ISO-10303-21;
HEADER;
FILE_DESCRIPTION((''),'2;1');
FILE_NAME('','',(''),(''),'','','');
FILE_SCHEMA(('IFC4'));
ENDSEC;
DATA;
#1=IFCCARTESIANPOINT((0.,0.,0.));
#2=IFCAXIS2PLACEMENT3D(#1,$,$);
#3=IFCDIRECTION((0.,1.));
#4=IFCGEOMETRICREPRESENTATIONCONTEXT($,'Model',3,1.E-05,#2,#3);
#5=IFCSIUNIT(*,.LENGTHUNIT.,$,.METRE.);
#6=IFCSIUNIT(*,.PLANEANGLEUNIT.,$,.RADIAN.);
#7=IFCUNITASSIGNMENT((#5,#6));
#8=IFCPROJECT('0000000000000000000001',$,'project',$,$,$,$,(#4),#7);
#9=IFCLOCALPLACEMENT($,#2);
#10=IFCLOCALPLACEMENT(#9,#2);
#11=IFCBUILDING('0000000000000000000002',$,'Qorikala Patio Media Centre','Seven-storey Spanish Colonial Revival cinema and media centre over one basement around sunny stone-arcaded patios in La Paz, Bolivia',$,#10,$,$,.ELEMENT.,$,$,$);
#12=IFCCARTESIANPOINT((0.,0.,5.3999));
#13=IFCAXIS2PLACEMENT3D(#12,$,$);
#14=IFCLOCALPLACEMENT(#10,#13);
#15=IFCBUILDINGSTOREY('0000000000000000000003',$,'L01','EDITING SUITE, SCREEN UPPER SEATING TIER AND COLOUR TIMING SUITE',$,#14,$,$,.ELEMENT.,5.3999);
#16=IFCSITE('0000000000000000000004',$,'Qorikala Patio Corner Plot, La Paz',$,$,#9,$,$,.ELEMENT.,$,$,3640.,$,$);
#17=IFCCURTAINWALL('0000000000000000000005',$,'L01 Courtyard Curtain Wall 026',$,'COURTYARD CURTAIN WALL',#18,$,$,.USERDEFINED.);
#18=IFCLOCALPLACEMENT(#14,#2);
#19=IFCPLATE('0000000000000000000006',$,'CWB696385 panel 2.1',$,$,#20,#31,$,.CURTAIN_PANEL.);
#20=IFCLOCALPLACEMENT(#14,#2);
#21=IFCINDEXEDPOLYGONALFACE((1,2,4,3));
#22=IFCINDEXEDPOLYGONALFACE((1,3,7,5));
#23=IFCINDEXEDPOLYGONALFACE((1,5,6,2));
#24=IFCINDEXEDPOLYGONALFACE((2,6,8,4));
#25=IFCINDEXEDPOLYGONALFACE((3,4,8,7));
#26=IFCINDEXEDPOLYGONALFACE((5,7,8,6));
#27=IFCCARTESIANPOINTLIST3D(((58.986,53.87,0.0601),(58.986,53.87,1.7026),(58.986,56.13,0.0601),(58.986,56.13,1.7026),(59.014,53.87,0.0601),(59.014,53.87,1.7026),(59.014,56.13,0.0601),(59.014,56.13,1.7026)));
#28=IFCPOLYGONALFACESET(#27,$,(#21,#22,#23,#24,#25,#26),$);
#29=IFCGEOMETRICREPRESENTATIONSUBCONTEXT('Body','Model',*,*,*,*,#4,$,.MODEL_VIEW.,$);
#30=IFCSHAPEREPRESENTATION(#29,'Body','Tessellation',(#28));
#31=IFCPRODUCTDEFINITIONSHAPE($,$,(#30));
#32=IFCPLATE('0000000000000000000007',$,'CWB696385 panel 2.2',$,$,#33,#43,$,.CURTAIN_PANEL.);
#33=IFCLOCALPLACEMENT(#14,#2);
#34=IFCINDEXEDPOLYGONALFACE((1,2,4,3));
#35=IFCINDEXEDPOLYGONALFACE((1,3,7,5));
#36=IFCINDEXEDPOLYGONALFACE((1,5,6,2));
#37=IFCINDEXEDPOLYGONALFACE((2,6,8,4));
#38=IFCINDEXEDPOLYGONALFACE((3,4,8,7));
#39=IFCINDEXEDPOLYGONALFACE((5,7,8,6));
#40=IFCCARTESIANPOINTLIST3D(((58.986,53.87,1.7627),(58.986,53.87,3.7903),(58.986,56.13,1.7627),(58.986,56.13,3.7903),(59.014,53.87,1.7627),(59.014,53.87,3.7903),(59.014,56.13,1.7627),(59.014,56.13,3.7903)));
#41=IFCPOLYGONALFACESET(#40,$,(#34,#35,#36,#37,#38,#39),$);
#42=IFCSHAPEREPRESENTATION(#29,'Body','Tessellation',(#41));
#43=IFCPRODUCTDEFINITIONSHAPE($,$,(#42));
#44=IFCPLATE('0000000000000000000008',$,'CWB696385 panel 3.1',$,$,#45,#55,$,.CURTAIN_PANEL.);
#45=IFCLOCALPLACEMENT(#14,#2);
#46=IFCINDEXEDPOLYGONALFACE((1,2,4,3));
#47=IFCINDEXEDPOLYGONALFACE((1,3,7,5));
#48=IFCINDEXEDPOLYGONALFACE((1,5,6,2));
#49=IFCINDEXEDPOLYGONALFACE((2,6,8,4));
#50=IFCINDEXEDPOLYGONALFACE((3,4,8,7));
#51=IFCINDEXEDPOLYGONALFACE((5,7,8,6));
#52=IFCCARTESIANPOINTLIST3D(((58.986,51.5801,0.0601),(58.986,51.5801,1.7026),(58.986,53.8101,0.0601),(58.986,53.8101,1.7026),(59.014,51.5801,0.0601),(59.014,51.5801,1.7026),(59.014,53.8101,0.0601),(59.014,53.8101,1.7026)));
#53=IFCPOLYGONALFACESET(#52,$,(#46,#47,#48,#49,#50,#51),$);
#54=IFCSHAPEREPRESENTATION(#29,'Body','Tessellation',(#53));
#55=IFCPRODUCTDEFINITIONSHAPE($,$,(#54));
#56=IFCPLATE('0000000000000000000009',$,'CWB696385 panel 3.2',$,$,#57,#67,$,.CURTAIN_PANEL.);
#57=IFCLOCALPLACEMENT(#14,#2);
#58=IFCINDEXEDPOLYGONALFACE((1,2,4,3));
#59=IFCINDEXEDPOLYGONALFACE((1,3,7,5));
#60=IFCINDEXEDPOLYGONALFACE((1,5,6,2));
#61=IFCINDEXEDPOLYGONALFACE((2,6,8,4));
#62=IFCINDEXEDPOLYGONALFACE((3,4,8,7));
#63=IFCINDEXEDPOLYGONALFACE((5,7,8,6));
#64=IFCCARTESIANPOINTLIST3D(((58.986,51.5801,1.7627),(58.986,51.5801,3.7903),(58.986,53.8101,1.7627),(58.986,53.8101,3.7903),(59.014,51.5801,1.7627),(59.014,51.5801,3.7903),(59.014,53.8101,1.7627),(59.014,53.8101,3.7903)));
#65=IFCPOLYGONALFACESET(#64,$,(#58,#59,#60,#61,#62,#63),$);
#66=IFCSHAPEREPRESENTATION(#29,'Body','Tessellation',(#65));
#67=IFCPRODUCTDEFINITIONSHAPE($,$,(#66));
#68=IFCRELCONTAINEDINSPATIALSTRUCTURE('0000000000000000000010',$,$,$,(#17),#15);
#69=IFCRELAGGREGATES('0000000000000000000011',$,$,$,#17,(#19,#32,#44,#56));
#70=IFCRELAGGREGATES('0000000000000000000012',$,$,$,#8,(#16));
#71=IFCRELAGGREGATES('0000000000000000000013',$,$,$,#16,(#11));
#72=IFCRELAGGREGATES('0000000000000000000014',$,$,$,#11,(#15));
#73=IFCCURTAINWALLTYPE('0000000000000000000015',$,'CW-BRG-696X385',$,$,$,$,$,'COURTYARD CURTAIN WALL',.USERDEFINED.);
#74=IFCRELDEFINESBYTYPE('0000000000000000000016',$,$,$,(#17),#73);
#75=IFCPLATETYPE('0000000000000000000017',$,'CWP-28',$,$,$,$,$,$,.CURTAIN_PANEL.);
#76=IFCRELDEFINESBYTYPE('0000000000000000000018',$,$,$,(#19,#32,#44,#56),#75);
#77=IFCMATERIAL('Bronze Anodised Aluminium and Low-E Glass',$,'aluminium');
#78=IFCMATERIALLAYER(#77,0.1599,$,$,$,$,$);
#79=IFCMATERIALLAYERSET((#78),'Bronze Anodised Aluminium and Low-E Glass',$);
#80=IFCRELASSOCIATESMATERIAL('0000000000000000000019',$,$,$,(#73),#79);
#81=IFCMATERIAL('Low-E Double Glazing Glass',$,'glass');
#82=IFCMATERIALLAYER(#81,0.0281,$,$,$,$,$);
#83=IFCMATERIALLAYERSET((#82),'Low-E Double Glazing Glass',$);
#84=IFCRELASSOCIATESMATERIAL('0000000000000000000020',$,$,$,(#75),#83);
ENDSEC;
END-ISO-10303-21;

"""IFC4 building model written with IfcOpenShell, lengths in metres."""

from ifc_helpers import new_model, si_unit, direction, frame, origin, origin_2d, place, context, subcontext, project, spatial, rectangle, extrude, material, layer, layer_set, type_object, element, aggregate, save


model = new_model("IFC4")

# Units and contexts
model_context = context("Model", 3, precision=1e-05, world=origin(), true_north=direction((0.0, 1.0)))
body_context = subcontext(model_context, "Body", "Model", "MODEL_VIEW")
ifc_project = project(units=[si_unit("LENGTHUNIT", "METRE"), si_unit("PLANEANGLEUNIT", "RADIAN")], contexts=[model_context])

# Site, building, storey
site_placement = place(None, origin())
site = spatial("IfcSite", under=ifc_project, at=site_placement, Name="Qorikala Patio Corner Plot, La Paz", CompositionType="ELEMENT", RefElevation=3640.0)
building_placement = place(site_placement, origin())
building = spatial("IfcBuilding", under=site, at=building_placement, Name="Qorikala Patio Media Centre", Description="Seven-storey Spanish Colonial Revival cinema and media centre over one basement around sunny stone-arcaded patios in La Paz, Bolivia", CompositionType="ELEMENT")
storey_placement = place(building_placement, frame((0.0, 0.0, 5.3999)))
storey = spatial("IfcBuildingStorey", under=building, at=storey_placement, Name="L01", Description="EDITING SUITE, SCREEN UPPER SEATING TIER AND COLOUR TIMING SUITE", CompositionType="ELEMENT", Elevation=5.3999)

# Shared definitions
ifc_material_1 = material(Name="Bronze Anodised Aluminium and Low-E Glass", Category="aluminium")
ifc_layer_1 = layer(ifc_material_1, 0.1599)
ifc_layer_set_1 = layer_set([ifc_layer_1], Name="Bronze Anodised Aluminium and Low-E Glass")
curtain_wall_type = type_object("IfcCurtainWallType", Name="CW-BRG-696X385", ElementType="COURTYARD CURTAIN WALL", PredefinedType="USERDEFINED", material=ifc_layer_set_1)

# Curtain wall
curtain_wall_1_placement = place(storey_placement, origin())
curtain_wall_1 = element("IfcCurtainWall", 1, at=curtain_wall_1_placement, inside=storey, type_object=curtain_wall_type, Name="L01 Courtyard Curtain Wall 026", ObjectType="COURTYARD CURTAIN WALL", PredefinedType="USERDEFINED")

# Plates
ifc_material_2 = material(Name="Low-E Double Glazing Glass", Category="glass")
ifc_layer_2 = layer(ifc_material_2, 0.0281)
ifc_layer_set_2 = layer_set([ifc_layer_2], Name="Low-E Double Glazing Glass")
plate_type = type_object("IfcPlateType", Name="CWP-28", PredefinedType="CURTAIN_PANEL", material=ifc_layer_set_2)
plate_1_placement = place(storey_placement, frame((59.0, 55.0, 0.0601), z_axis=(0.0, 0.0, 1.0), x_axis=(0.0, -1.0, 0.0)))
plate_1 = element("IfcPlate", 2, at=plate_1_placement, type_object=plate_type, Name="CWB696385 panel 2.1", PredefinedType="CURTAIN_PANEL", context=body_context, shape_type="SweptSolid", body=[
    extrude(rectangle(XDim=2.26, YDim=0.0281, at=origin_2d()), origin(), (0.0, 0.0, 1.0), 1.6426),
])
plate_2_placement = place(storey_placement, frame((59.0, 55.0, 1.7627), z_axis=(0.0, 0.0, 1.0), x_axis=(0.0, -1.0, 0.0)))
plate_2 = element("IfcPlate", 3, at=plate_2_placement, type_object=plate_type, Name="CWB696385 panel 2.2", PredefinedType="CURTAIN_PANEL", context=body_context, shape_type="SweptSolid", body=[
    extrude(rectangle(XDim=2.26, YDim=0.0281, at=origin_2d()), origin(), (0.0, 0.0, 1.0), 2.0276),
])
plate_3_placement = place(storey_placement, frame((59.0, 52.6951, 0.0601), z_axis=(0.0, 0.0, 1.0), x_axis=(0.0, -1.0, 0.0)))
plate_3 = element("IfcPlate", 4, at=plate_3_placement, type_object=plate_type, Name="CWB696385 panel 3.1", PredefinedType="CURTAIN_PANEL", context=body_context, shape_type="SweptSolid", body=[
    extrude(rectangle(XDim=2.23, YDim=0.0281, at=origin_2d()), origin(), (0.0, 0.0, 1.0), 1.6426),
])
plate_4_placement = place(storey_placement, frame((59.0, 52.6951, 1.7627), z_axis=(0.0, 0.0, 1.0), x_axis=(0.0, -1.0, 0.0)))
plate_4 = element("IfcPlate", 5, at=plate_4_placement, type_object=plate_type, Name="CWB696385 panel 3.2", PredefinedType="CURTAIN_PANEL", context=body_context, shape_type="SweptSolid", body=[
    extrude(rectangle(XDim=2.23, YDim=0.0281, at=origin_2d()), origin(), (0.0, 0.0, 1.0), 2.0276),
])
aggregate(curtain_wall_1, [plate_1, plate_2, plate_3, plate_4])

save(model, "model.ifc")
